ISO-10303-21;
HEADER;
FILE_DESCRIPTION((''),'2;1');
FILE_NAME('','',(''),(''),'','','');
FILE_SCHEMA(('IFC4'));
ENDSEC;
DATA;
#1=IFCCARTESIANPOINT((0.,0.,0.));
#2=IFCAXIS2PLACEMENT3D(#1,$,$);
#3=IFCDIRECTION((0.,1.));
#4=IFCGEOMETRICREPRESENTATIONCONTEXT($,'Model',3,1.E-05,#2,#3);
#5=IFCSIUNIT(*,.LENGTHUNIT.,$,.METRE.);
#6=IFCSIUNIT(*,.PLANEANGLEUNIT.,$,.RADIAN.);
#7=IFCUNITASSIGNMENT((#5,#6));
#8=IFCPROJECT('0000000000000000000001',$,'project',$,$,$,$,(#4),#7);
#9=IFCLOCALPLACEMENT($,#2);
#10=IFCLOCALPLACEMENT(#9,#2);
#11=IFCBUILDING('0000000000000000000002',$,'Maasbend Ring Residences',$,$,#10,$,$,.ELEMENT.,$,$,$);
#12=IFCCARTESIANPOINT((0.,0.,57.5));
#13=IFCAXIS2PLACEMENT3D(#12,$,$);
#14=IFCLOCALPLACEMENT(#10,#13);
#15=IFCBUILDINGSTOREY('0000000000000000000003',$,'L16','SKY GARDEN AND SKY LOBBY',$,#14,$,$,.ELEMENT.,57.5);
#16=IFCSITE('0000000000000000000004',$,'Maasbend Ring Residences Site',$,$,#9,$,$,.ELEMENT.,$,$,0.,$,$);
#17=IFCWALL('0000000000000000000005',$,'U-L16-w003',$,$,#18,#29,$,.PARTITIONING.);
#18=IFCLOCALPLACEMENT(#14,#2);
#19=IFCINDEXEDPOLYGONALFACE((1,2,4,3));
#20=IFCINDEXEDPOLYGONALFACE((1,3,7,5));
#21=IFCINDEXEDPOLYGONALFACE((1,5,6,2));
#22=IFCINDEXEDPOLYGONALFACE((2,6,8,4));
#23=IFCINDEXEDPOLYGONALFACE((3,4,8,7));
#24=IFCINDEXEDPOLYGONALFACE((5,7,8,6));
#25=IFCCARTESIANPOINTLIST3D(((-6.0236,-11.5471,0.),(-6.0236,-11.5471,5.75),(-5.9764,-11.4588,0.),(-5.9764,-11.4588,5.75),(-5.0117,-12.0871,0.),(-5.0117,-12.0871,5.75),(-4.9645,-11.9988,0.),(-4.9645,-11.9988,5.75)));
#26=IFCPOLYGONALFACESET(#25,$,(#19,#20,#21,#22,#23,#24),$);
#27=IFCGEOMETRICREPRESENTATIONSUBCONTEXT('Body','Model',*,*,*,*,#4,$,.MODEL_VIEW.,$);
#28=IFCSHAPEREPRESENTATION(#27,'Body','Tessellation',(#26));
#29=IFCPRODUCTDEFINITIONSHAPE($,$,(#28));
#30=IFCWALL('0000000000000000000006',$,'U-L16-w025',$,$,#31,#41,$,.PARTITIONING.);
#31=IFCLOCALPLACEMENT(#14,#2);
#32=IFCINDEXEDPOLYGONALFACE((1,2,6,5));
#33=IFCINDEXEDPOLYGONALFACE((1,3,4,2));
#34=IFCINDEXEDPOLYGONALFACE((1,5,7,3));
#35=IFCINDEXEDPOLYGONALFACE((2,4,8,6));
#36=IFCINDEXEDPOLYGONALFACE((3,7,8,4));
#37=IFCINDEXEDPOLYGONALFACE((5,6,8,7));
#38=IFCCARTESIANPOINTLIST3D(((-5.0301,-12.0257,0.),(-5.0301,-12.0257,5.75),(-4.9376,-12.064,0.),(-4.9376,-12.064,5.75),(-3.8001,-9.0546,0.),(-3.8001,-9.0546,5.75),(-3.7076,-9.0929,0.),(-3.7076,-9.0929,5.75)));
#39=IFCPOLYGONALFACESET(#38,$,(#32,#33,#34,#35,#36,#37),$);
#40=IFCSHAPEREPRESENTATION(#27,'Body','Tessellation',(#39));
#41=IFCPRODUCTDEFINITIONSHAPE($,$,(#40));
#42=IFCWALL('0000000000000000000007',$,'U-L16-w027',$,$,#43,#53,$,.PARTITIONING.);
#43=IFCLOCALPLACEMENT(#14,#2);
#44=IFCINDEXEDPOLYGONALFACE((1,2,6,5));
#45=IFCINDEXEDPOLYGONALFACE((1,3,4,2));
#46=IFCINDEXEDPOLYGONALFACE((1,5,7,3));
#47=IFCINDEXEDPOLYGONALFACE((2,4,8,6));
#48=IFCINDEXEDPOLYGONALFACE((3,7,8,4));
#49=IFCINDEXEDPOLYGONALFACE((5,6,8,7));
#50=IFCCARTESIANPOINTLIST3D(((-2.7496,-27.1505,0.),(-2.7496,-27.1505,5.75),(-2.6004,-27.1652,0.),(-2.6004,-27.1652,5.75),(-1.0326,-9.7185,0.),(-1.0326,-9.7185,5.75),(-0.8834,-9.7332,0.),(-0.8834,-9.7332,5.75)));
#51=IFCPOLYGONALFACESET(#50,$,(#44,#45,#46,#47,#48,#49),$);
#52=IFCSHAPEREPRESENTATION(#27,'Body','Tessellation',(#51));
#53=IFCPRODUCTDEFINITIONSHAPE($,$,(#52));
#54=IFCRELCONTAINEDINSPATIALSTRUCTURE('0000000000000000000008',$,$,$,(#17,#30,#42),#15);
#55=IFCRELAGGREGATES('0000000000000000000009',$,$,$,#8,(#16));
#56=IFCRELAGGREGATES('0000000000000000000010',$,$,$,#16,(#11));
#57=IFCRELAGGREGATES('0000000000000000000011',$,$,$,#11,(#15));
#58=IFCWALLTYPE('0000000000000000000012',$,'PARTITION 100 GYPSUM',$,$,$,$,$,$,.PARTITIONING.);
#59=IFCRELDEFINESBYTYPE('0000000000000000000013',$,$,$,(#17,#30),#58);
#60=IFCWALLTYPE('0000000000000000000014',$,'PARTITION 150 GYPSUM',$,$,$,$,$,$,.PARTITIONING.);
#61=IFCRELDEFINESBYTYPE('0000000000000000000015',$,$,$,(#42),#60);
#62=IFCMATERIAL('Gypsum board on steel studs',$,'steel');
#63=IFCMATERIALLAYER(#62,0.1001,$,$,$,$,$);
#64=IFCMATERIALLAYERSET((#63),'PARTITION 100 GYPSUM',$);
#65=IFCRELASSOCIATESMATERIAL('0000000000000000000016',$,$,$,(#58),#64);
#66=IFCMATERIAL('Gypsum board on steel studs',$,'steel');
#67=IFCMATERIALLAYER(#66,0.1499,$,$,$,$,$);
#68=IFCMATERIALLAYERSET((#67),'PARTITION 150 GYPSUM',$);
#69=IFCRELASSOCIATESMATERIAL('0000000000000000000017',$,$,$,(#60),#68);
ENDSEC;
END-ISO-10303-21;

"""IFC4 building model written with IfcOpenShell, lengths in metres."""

from ifc_helpers import new_model, si_unit, direction, frame, frame_2d, origin, place, context, subcontext, project, spatial, rectangle, extrude, material, layer, layer_set, type_object, element, save


model = new_model("IFC4")

# Units and contexts
model_context = context("Model", 3, precision=1e-05, world=origin(), true_north=direction((0.0, 1.0)))
body_context = subcontext(model_context, "Body", "Model", "MODEL_VIEW")
ifc_project = project(units=[si_unit("LENGTHUNIT", "METRE"), si_unit("PLANEANGLEUNIT", "RADIAN")], contexts=[model_context])

# Site, building, storey
site_placement = place(None, origin())
site = spatial("IfcSite", under=ifc_project, at=site_placement, Name="Maasbend Ring Residences Site", CompositionType="ELEMENT", RefElevation=0.0)
building_placement = place(site_placement, origin())
building = spatial("IfcBuilding", under=site, at=building_placement, Name="Maasbend Ring Residences", CompositionType="ELEMENT")
storey_placement = place(building_placement, frame((0.0, 0.0, 57.5)))
storey = spatial("IfcBuildingStorey", under=building, at=storey_placement, Name="L16", Description="SKY GARDEN AND SKY LOBBY", CompositionType="ELEMENT", Elevation=57.5)

# Walls
ifc_material_1 = material(Name="Gypsum board on steel studs", Category="steel")
ifc_layer_1 = layer(ifc_material_1, 0.1001)
ifc_layer_set_1 = layer_set([ifc_layer_1], Name="PARTITION 100 GYPSUM")
wall_type_1 = type_object("IfcWallType", Name="PARTITION 100 GYPSUM", PredefinedType="PARTITIONING", material=ifc_layer_set_1)
wall_1_placement = place(storey_placement, frame((-6.0, -11.5029, 0.0), z_axis=(0.0, 0.0, 1.0), x_axis=(0.882235, -0.470809, 0.0)))
element("IfcWall", 1, at=wall_1_placement, inside=storey, type_object=wall_type_1, Name="U-L16-w003", PredefinedType="PARTITIONING", context=body_context, shape_type="SweptSolid", body=[
    extrude(rectangle(XDim=1.147, YDim=0.1001, at=frame_2d((0.5735, 0.0))), origin(), (0.0, 0.0, 1.0), 5.75),
])
wall_2_placement = place(storey_placement, frame((-4.9839, -12.0449, 0.0), z_axis=(0.0, 0.0, 1.0), x_axis=(0.382517, 0.923948, 0.0)))
element("IfcWall", 2, at=wall_2_placement, inside=storey, type_object=wall_type_1, Name="U-L16-w025", PredefinedType="PARTITIONING", context=body_context, shape_type="SweptSolid", body=[
    extrude(rectangle(XDim=3.2156, YDim=0.1001, at=frame_2d((1.6079, 0.0))), origin(), (0.0, 0.0, 1.0), 5.75),
])
ifc_material_2 = material(Name="Gypsum board on steel studs", Category="steel")
ifc_layer_2 = layer(ifc_material_2, 0.1499)
ifc_layer_set_2 = layer_set([ifc_layer_2], Name="PARTITION 150 GYPSUM")
wall_type_2 = type_object("IfcWallType", Name="PARTITION 150 GYPSUM", PredefinedType="PARTITIONING", material=ifc_layer_set_2)
wall_3_placement = place(storey_placement, frame((-2.675, -27.158, 0.0), z_axis=(0.0, 0.0, 1.0), x_axis=(0.098026, 0.995184, 0.0)))
element("IfcWall", 3, at=wall_3_placement, inside=storey, type_object=wall_type_2, Name="U-L16-w027", PredefinedType="PARTITIONING", context=body_context, shape_type="SweptSolid", body=[
    extrude(rectangle(XDim=17.5164, YDim=0.1499, at=frame_2d((8.7583, 0.0))), origin(), (0.0, 0.0, 1.0), 5.75),
])

save(model, "model.ifc")
